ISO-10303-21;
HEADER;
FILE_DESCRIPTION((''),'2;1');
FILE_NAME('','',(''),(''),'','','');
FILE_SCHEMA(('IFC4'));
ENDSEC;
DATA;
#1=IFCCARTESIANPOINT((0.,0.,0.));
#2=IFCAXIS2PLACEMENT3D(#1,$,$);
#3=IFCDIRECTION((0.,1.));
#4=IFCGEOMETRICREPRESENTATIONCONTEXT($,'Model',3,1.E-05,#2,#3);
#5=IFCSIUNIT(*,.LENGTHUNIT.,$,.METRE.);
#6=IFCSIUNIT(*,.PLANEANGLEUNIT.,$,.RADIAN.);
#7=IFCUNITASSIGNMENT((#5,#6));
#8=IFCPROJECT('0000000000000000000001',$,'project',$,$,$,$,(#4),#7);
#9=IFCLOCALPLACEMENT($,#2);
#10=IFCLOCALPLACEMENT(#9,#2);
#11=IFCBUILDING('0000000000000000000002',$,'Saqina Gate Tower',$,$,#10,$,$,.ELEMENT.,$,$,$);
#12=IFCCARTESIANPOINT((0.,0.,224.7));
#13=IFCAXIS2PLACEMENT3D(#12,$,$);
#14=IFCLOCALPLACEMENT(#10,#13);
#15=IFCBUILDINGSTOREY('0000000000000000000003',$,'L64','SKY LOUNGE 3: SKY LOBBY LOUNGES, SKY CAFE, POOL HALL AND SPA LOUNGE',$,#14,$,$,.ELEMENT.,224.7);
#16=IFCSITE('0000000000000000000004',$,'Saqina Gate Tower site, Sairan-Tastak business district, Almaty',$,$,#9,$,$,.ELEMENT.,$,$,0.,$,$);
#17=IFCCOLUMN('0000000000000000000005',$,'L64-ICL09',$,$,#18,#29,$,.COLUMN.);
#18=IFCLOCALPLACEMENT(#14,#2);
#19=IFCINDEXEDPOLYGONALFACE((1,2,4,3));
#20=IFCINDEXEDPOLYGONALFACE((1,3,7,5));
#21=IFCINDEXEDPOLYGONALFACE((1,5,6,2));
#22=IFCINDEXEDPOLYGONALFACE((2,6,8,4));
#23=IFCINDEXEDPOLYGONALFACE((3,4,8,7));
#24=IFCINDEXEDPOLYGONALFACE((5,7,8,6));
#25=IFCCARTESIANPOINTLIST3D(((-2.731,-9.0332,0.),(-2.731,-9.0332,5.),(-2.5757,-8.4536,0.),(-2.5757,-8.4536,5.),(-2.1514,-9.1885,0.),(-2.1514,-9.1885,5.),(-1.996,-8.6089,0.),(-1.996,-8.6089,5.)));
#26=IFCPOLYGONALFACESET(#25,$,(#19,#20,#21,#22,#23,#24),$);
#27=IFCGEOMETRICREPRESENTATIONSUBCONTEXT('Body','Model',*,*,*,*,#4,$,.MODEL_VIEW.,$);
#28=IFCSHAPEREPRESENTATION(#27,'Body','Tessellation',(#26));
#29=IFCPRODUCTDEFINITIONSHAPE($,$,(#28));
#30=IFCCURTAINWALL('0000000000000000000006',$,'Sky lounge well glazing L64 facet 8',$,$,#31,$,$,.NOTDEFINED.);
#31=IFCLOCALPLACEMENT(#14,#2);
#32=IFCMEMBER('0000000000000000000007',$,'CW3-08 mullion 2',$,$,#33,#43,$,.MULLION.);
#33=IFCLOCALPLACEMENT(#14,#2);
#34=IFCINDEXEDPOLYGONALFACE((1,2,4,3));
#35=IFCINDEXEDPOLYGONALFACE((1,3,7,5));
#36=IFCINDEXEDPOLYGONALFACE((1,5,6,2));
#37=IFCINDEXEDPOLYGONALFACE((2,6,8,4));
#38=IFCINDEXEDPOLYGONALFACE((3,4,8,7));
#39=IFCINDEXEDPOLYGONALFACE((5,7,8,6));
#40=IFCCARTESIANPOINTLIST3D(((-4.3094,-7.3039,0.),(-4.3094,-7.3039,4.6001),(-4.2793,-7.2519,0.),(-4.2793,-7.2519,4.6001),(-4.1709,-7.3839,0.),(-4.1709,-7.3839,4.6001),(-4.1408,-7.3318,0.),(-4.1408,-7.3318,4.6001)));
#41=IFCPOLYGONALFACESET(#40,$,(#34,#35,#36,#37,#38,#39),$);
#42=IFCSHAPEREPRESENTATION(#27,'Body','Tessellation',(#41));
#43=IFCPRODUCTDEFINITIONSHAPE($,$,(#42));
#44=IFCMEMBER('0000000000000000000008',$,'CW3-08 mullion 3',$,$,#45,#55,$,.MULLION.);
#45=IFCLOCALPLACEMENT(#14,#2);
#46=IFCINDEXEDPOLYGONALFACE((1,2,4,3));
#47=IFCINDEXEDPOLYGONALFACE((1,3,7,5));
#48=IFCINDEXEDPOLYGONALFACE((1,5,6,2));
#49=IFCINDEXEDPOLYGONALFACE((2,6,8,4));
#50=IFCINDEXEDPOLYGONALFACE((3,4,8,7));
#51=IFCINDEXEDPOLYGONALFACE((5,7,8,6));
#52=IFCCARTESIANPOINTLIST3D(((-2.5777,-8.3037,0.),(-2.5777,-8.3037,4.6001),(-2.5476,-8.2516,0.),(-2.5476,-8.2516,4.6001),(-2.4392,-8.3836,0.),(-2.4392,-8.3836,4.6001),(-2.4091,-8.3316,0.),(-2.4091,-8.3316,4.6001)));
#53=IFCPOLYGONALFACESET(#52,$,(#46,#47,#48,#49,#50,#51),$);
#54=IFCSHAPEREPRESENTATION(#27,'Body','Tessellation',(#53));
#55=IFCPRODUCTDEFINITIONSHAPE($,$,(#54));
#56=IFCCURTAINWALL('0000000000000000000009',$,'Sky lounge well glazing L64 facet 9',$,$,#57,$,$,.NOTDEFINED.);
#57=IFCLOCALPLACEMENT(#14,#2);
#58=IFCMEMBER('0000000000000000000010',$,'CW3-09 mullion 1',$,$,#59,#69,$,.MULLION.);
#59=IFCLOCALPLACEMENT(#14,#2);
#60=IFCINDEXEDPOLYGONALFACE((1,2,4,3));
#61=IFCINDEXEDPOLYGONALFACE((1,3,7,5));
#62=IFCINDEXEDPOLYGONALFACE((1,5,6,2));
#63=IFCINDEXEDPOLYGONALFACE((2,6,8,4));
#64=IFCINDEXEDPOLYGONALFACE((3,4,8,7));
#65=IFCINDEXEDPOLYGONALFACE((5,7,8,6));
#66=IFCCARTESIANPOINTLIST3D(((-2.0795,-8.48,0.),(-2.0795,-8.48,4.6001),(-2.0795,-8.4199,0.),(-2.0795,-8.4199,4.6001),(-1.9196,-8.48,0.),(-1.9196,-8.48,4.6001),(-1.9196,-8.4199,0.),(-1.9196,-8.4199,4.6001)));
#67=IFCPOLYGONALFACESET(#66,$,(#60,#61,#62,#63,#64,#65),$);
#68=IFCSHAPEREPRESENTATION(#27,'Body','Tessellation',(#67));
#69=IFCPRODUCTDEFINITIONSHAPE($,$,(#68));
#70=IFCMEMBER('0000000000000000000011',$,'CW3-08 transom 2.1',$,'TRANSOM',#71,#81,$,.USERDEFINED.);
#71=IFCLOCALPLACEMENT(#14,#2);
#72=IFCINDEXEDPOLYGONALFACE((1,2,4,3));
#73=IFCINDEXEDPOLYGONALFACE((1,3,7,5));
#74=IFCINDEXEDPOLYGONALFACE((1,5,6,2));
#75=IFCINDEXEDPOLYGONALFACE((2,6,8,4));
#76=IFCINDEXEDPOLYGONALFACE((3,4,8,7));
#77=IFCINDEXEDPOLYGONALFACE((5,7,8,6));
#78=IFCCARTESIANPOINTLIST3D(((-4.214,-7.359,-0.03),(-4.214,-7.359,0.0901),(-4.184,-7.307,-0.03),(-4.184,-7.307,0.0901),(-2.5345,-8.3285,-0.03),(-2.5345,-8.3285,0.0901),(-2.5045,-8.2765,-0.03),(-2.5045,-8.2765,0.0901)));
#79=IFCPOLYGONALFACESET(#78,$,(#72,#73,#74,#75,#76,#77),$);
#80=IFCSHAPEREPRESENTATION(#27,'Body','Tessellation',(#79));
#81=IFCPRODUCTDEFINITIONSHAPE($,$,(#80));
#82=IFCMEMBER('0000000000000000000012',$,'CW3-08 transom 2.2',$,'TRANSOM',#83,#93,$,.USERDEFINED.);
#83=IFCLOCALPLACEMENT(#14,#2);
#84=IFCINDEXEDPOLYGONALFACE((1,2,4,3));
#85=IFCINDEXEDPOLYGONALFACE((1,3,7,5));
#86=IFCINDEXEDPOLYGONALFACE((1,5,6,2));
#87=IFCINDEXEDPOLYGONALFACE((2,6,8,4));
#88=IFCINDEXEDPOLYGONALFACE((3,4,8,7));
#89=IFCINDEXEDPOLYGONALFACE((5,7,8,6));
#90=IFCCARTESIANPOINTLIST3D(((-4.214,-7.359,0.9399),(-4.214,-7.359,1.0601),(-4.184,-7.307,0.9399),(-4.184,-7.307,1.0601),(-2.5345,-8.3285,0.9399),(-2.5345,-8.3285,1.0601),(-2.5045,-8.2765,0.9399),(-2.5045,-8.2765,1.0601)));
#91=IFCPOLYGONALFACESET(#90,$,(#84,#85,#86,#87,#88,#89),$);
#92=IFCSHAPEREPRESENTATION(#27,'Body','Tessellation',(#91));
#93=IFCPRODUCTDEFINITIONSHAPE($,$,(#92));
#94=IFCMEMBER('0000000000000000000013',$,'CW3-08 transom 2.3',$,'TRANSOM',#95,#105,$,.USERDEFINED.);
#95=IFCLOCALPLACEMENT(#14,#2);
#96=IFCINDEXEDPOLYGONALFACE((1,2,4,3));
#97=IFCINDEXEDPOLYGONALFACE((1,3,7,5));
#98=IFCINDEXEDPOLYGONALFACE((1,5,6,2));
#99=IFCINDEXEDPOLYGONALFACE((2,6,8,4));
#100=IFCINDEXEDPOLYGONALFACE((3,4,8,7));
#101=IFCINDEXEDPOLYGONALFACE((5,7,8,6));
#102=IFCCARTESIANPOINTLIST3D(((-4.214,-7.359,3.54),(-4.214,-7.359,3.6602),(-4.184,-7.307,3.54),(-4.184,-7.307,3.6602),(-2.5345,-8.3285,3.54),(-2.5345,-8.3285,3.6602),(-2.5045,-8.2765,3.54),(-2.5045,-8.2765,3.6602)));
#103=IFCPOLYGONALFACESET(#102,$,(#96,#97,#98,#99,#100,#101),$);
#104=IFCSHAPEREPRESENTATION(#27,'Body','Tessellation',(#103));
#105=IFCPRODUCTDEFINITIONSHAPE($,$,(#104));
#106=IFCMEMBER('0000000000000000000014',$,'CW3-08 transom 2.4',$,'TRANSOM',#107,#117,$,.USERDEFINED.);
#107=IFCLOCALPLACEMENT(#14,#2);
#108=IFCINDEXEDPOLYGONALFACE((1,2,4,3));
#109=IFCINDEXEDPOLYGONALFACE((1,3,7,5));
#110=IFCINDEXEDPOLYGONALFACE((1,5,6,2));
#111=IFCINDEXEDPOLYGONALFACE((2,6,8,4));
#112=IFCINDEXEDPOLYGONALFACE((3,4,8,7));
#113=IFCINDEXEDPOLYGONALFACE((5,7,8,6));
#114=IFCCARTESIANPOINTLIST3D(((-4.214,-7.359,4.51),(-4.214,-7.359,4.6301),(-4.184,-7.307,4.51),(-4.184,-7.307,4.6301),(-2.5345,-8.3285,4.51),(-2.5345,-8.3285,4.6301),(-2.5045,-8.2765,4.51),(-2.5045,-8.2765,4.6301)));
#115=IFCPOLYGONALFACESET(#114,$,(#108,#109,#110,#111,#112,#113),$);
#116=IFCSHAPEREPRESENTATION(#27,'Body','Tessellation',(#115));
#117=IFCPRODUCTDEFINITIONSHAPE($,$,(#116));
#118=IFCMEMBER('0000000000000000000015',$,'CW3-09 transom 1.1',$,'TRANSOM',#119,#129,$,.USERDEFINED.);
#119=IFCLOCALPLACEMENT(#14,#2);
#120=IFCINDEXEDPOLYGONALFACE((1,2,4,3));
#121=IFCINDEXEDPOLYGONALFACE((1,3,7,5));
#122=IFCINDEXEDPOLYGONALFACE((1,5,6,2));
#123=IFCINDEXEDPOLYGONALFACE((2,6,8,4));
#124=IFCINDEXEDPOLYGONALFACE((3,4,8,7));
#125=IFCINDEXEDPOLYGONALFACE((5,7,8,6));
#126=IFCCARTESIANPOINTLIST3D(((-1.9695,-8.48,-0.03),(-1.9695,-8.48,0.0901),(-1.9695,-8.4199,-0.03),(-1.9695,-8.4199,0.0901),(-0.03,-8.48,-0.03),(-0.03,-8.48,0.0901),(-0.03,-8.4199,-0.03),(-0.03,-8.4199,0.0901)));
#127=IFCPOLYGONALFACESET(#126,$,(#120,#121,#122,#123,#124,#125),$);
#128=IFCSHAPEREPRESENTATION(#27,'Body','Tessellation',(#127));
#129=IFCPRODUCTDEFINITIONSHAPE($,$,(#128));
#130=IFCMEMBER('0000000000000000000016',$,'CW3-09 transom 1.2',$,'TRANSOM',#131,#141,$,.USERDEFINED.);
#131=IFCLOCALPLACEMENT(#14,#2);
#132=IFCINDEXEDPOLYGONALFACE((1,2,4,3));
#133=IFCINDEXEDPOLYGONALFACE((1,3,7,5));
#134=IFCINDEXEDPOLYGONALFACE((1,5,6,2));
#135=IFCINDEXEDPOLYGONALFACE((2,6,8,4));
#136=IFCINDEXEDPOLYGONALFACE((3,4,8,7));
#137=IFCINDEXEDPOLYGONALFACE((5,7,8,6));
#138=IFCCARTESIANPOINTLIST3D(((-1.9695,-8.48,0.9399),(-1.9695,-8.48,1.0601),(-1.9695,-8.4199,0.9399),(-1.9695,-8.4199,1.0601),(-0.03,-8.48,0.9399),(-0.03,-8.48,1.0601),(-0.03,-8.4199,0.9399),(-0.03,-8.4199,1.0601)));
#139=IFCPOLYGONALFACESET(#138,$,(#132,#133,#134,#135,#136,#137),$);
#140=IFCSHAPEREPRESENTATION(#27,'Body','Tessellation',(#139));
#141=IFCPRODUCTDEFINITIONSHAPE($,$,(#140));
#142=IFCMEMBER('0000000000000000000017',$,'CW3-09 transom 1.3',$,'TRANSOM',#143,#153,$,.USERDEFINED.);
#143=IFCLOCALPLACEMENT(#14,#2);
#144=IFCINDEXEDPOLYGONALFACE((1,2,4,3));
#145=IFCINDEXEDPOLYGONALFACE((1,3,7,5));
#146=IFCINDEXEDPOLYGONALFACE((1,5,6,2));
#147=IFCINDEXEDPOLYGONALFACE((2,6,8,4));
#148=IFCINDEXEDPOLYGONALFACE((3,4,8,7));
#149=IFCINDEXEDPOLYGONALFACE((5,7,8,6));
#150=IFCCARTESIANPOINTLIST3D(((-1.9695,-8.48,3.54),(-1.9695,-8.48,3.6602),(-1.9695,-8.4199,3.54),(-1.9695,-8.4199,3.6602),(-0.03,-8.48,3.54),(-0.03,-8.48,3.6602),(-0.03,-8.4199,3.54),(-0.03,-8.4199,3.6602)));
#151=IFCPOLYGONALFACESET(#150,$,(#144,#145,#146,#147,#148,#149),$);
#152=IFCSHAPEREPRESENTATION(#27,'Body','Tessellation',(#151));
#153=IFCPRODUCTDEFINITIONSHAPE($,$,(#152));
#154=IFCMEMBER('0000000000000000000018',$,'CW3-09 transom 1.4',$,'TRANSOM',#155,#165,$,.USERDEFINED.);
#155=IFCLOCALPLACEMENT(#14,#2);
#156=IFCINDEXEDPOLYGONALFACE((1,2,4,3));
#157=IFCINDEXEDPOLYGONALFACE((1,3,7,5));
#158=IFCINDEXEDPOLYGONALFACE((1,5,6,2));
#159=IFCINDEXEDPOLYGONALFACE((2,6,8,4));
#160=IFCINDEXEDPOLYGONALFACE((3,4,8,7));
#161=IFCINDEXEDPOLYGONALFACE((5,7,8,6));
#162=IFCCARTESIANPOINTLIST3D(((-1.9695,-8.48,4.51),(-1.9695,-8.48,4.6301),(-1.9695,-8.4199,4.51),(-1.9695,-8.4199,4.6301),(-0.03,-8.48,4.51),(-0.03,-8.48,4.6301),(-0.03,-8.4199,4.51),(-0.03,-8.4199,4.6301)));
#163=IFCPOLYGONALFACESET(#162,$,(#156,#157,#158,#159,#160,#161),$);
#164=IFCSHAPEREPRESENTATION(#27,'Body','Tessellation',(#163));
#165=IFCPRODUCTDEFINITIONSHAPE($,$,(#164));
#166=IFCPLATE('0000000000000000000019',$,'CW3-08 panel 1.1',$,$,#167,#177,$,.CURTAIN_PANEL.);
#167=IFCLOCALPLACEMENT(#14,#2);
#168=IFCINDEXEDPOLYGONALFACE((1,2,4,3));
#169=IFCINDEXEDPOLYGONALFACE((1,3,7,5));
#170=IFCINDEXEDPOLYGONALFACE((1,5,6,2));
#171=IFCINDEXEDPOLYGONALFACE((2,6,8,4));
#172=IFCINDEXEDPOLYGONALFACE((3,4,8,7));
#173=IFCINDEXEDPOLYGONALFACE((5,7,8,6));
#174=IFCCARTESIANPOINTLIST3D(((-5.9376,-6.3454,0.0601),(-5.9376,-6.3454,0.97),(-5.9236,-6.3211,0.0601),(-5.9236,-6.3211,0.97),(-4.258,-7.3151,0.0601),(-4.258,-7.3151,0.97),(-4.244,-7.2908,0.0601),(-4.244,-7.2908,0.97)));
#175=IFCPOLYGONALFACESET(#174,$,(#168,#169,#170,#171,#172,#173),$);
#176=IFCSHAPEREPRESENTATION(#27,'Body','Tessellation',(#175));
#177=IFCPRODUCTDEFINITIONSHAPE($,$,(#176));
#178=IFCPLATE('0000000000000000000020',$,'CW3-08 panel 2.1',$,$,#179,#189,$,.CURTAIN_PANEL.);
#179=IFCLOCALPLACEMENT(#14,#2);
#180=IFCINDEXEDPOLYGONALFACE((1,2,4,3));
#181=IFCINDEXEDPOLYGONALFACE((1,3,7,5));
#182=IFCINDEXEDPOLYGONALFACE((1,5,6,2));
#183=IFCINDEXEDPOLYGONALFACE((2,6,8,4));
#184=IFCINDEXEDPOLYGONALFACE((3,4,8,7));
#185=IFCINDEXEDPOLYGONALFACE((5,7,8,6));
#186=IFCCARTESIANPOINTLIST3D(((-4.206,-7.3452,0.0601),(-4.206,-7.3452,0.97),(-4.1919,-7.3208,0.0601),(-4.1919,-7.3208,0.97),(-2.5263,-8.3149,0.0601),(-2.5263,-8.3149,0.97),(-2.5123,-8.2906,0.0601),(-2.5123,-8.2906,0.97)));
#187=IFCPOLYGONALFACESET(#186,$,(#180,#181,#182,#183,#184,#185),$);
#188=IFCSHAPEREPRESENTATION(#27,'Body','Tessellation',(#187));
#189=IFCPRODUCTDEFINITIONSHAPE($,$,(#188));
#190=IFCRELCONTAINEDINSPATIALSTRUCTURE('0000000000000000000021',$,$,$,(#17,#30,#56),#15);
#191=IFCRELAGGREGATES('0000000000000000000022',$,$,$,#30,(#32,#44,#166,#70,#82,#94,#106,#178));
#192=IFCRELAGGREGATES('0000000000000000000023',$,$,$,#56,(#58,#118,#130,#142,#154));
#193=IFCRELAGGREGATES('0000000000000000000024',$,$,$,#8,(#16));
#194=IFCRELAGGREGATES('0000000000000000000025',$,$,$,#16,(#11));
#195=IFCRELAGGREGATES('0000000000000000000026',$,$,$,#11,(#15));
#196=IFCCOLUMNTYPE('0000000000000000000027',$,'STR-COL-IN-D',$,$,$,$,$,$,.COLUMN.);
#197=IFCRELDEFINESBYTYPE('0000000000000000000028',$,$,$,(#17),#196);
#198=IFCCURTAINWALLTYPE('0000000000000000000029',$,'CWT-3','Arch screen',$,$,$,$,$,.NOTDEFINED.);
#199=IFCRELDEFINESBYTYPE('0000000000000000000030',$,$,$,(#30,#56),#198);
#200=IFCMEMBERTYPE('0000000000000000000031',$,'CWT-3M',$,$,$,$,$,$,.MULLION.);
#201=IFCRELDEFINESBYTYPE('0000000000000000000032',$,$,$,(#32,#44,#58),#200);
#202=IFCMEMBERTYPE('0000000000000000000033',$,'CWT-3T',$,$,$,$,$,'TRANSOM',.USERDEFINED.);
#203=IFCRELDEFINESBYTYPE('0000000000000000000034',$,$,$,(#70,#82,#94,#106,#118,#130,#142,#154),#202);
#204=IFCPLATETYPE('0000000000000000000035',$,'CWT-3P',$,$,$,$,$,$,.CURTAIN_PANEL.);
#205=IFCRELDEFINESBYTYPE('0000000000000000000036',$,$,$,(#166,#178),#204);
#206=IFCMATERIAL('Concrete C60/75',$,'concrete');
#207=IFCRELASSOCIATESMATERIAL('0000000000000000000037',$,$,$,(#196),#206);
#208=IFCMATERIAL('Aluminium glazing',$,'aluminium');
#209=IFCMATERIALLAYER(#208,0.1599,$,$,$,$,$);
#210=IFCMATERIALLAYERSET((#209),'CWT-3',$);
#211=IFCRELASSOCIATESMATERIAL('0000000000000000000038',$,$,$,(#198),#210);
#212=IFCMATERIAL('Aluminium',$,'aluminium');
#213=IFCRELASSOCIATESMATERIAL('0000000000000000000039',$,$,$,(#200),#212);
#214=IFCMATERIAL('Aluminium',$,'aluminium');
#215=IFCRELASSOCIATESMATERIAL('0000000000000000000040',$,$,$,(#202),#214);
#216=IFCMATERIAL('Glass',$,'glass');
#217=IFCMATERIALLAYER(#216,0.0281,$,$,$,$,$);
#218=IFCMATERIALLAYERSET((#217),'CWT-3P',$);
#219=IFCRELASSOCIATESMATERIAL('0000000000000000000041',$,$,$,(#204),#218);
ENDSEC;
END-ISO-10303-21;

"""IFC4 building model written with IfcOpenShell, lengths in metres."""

from ifc_helpers import new_model, si_unit, direction, frame, origin, origin_2d, place, context, subcontext, project, spatial, rectangle, extrude, material, layer, layer_set, material_profile, profile_set, type_object, element, aggregate, save


model = new_model("IFC4")

# Units and contexts
model_context = context("Model", 3, precision=1e-05, world=origin(), true_north=direction((0.0, 1.0)))
body_context = subcontext(model_context, "Body", "Model", "MODEL_VIEW")
ifc_project = project(units=[si_unit("LENGTHUNIT", "METRE"), si_unit("PLANEANGLEUNIT", "RADIAN")], contexts=[model_context])

# Site, building, storey
site_placement = place(None, origin())
site = spatial("IfcSite", under=ifc_project, at=site_placement, Name="Saqina Gate Tower site, Sairan-Tastak business district, Almaty", CompositionType="ELEMENT", RefElevation=0.0)
building_placement = place(site_placement, origin())
building = spatial("IfcBuilding", under=site, at=building_placement, Name="Saqina Gate Tower", CompositionType="ELEMENT")
storey_placement = place(building_placement, frame((0.0, 0.0, 224.7)))
storey = spatial("IfcBuildingStorey", under=building, at=storey_placement, Name="L64", Description="SKY LOUNGE 3: SKY LOBBY LOUNGES, SKY CAFE, POOL HALL AND SPA LOUNGE", CompositionType="ELEMENT", Elevation=224.7)

# Column
ifc_material_1 = material(Name="Concrete C60/75", Category="concrete")
ifc_material_profile_1 = material_profile(ifc_material_1, rectangle(XDim=0.6001, YDim=0.6001, at=origin_2d()), Name="RC 600x600")
ifc_profile_set_1 = profile_set([ifc_material_profile_1], Name="Concrete C60/75")
column_type = type_object("IfcColumnType", Name="STR-COL-IN-D", PredefinedType="COLUMN", material=ifc_profile_set_1)
column_placement = place(storey_placement, frame((-2.3635, -8.821, 0.0), z_axis=(0.0, 0.0, 1.0), x_axis=(-0.258819, -0.965926, 0.0)))
element("IfcColumn", 1, at=column_placement, inside=storey, type_object=column_type, Name="L64-ICL09", PredefinedType="COLUMN", context=body_context, shape_type="SweptSolid", body=[
    extrude(rectangle(XDim=0.6001, YDim=0.6001, at=origin_2d()), origin(), (0.0, 0.0, 1.0), 5.0),
])

# Curtain wall, members
ifc_material_2 = material(Name="Aluminium glazing", Category="aluminium")
ifc_layer_1 = layer(ifc_material_2, 0.1599)
ifc_layer_set_1 = layer_set([ifc_layer_1], Name="CWT-3")
curtain_wall_type = type_object("IfcCurtainWallType", Name="CWT-3", Description="Arch screen", PredefinedType="NOTDEFINED", material=ifc_layer_set_1)
curtain_wall_1_placement = place(storey_placement, origin())
curtain_wall_1 = element("IfcCurtainWall", 2, at=curtain_wall_1_placement, inside=storey, type_object=curtain_wall_type, Name="Sky lounge well glazing L64 facet 8", PredefinedType="NOTDEFINED")
ifc_material_3 = material(Name="Aluminium", Category="aluminium")
ifc_material_profile_2 = material_profile(ifc_material_3, rectangle(XDim=0.0601, YDim=0.1599, at=origin_2d()), Name="Aluminium 60x160")
ifc_profile_set_2 = profile_set([ifc_material_profile_2], Name="Aluminium")
member_type_1 = type_object("IfcMemberType", Name="CWT-3M", PredefinedType="MULLION", material=ifc_profile_set_2)
member_1_placement = place(storey_placement, frame((-4.2251, -7.3179, 0.0), z_axis=(0.0, 0.0, 1.0), x_axis=(0.500003, 0.866024, 0.0)))
member_1 = element("IfcMember", 3, at=member_1_placement, type_object=member_type_1, Name="CW3-08 mullion 2", PredefinedType="MULLION", context=body_context, shape_type="SweptSolid", body=[
    extrude(rectangle(XDim=0.0601, YDim=0.1599, at=origin_2d()), origin(), (0.0, 0.0, 1.0), 4.6001),
])
member_2_placement = place(storey_placement, frame((-2.4934, -8.3176, 0.0), z_axis=(0.0, 0.0, 1.0), x_axis=(0.500003, 0.866024, 0.0)))
member_2 = element("IfcMember", 4, at=member_2_placement, type_object=member_type_1, Name="CW3-08 mullion 3", PredefinedType="MULLION", context=body_context, shape_type="SweptSolid", body=[
    extrude(rectangle(XDim=0.0601, YDim=0.1599, at=origin_2d()), origin(), (0.0, 0.0, 1.0), 4.6001),
])

# Curtain wall, member
curtain_wall_2_placement = place(storey_placement, origin())
curtain_wall_2 = element("IfcCurtainWall", 5, at=curtain_wall_2_placement, inside=storey, type_object=curtain_wall_type, Name="Sky lounge well glazing L64 facet 9", PredefinedType="NOTDEFINED")
member_3_placement = place(storey_placement, frame((-1.9995, -8.45, 0.0), z_axis=(0.0, 0.0, 1.0), x_axis=(0.0, 1.0, 0.0)))
member_3 = element("IfcMember", 6, at=member_3_placement, type_object=member_type_1, Name="CW3-09 mullion 1", PredefinedType="MULLION", context=body_context, shape_type="SweptSolid", body=[
    extrude(rectangle(XDim=0.0601, YDim=0.1599, at=origin_2d()), origin(), (0.0, 0.0, 1.0), 4.6001),
])

# Members
ifc_material_4 = material(Name="Aluminium", Category="aluminium")
ifc_material_profile_3 = material_profile(ifc_material_4, rectangle(XDim=0.0601, YDim=0.1201, at=origin_2d()), Name="Aluminium 60x120")
ifc_profile_set_3 = profile_set([ifc_material_profile_3], Name="Aluminium")
member_type_2 = type_object("IfcMemberType", Name="CWT-3T", ElementType="TRANSOM", PredefinedType="USERDEFINED", material=ifc_profile_set_3)
member_4_placement = place(storey_placement, frame((-4.199, -7.333, 0.03), z_axis=(0.866058, -0.499944, 0.0), x_axis=(0.499944, 0.866058, 0.0)))
member_4 = element("IfcMember", 7, at=member_4_placement, type_object=member_type_2, Name="CW3-08 transom 2.1", ObjectType="TRANSOM", PredefinedType="USERDEFINED", context=body_context, shape_type="SweptSolid", body=[
    extrude(rectangle(XDim=0.0601, YDim=0.1201, at=origin_2d()), origin(), (0.0, 0.0, 1.0), 1.9392),
])
member_5_placement = place(storey_placement, frame((-4.199, -7.333, 1.0), z_axis=(0.866058, -0.499944, 0.0), x_axis=(0.499944, 0.866058, 0.0)))
member_5 = element("IfcMember", 8, at=member_5_placement, type_object=member_type_2, Name="CW3-08 transom 2.2", ObjectType="TRANSOM", PredefinedType="USERDEFINED", context=body_context, shape_type="SweptSolid", body=[
    extrude(rectangle(XDim=0.0601, YDim=0.1201, at=origin_2d()), origin(), (0.0, 0.0, 1.0), 1.9392),
])
member_6_placement = place(storey_placement, frame((-4.199, -7.333, 3.6001), z_axis=(0.866058, -0.499944, 0.0), x_axis=(0.499944, 0.866058, 0.0)))
member_6 = element("IfcMember", 9, at=member_6_placement, type_object=member_type_2, Name="CW3-08 transom 2.3", ObjectType="TRANSOM", PredefinedType="USERDEFINED", context=body_context, shape_type="SweptSolid", body=[
    extrude(rectangle(XDim=0.0601, YDim=0.1201, at=origin_2d()), origin(), (0.0, 0.0, 1.0), 1.9392),
])
member_7_placement = place(storey_placement, frame((-4.199, -7.333, 4.5701), z_axis=(0.866058, -0.499944, 0.0), x_axis=(0.499944, 0.866058, 0.0)))
member_7 = element("IfcMember", 10, at=member_7_placement, type_object=member_type_2, Name="CW3-08 transom 2.4", ObjectType="TRANSOM", PredefinedType="USERDEFINED", context=body_context, shape_type="SweptSolid", body=[
    extrude(rectangle(XDim=0.0601, YDim=0.1201, at=origin_2d()), origin(), (0.0, 0.0, 1.0), 1.9392),
])
member_8_placement = place(storey_placement, frame((-1.9695, -8.45, 0.03), z_axis=(1.0, 0.0, 0.0), x_axis=(0.0, 1.0, 0.0)))
member_8 = element("IfcMember", 11, at=member_8_placement, type_object=member_type_2, Name="CW3-09 transom 1.1", ObjectType="TRANSOM", PredefinedType="USERDEFINED", context=body_context, shape_type="SweptSolid", body=[
    extrude(rectangle(XDim=0.0601, YDim=0.1201, at=origin_2d()), origin(), (0.0, 0.0, 1.0), 1.9395),
])
member_9_placement = place(storey_placement, frame((-1.9695, -8.45, 1.0), z_axis=(1.0, 0.0, 0.0), x_axis=(0.0, 1.0, 0.0)))
member_9 = element("IfcMember", 12, at=member_9_placement, type_object=member_type_2, Name="CW3-09 transom 1.2", ObjectType="TRANSOM", PredefinedType="USERDEFINED", context=body_context, shape_type="SweptSolid", body=[
    extrude(rectangle(XDim=0.0601, YDim=0.1201, at=origin_2d()), origin(), (0.0, 0.0, 1.0), 1.9395),
])
member_10_placement = place(storey_placement, frame((-1.9695, -8.45, 3.6001), z_axis=(1.0, 0.0, 0.0), x_axis=(0.0, 1.0, 0.0)))
member_10 = element("IfcMember", 13, at=member_10_placement, type_object=member_type_2, Name="CW3-09 transom 1.3", ObjectType="TRANSOM", PredefinedType="USERDEFINED", context=body_context, shape_type="SweptSolid", body=[
    extrude(rectangle(XDim=0.0601, YDim=0.1201, at=origin_2d()), origin(), (0.0, 0.0, 1.0), 1.9395),
])
member_11_placement = place(storey_placement, frame((-1.9695, -8.45, 4.5701), z_axis=(1.0, 0.0, 0.0), x_axis=(0.0, 1.0, 0.0)))
member_11 = element("IfcMember", 14, at=member_11_placement, type_object=member_type_2, Name="CW3-09 transom 1.4", ObjectType="TRANSOM", PredefinedType="USERDEFINED", context=body_context, shape_type="SweptSolid", body=[
    extrude(rectangle(XDim=0.0601, YDim=0.1201, at=origin_2d()), origin(), (0.0, 0.0, 1.0), 1.9395),
])

# Plates
ifc_material_5 = material(Name="Glass", Category="glass")
ifc_layer_2 = layer(ifc_material_5, 0.0281)
ifc_layer_set_2 = layer_set([ifc_layer_2], Name="CWT-3P")
plate_type = type_object("IfcPlateType", Name="CWT-3P", PredefinedType="CURTAIN_PANEL", material=ifc_layer_set_2)
plate_1_placement = place(storey_placement, frame((-5.0908, -6.8181, 0.0601), z_axis=(0.0, 0.0, 1.0), x_axis=(0.866024, -0.500003, 0.0)))
plate_1 = element("IfcPlate", 15, at=plate_1_placement, type_object=plate_type, Name="CW3-08 panel 1.1", PredefinedType="CURTAIN_PANEL", context=body_context, shape_type="SweptSolid", body=[
    extrude(rectangle(XDim=1.9395, YDim=0.0281, at=origin_2d()), origin(), (0.0, 0.0, 1.0), 0.9099),
])
plate_2_placement = place(storey_placement, frame((-3.3591, -7.8179, 0.0601), z_axis=(0.0, 0.0, 1.0), x_axis=(0.866024, -0.500003, 0.0)))
plate_2 = element("IfcPlate", 16, at=plate_2_placement, type_object=plate_type, Name="CW3-08 panel 2.1", PredefinedType="CURTAIN_PANEL", context=body_context, shape_type="SweptSolid", body=[
    extrude(rectangle(XDim=1.9395, YDim=0.0281, at=origin_2d()), origin(), (0.0, 0.0, 1.0), 0.9099),
])
aggregate(curtain_wall_1, [member_1, member_2, plate_1, member_4, member_5, member_6, member_7, plate_2])
aggregate(curtain_wall_2, [member_3, member_8, member_9, member_10, member_11])

save(model, "model.ifc")
